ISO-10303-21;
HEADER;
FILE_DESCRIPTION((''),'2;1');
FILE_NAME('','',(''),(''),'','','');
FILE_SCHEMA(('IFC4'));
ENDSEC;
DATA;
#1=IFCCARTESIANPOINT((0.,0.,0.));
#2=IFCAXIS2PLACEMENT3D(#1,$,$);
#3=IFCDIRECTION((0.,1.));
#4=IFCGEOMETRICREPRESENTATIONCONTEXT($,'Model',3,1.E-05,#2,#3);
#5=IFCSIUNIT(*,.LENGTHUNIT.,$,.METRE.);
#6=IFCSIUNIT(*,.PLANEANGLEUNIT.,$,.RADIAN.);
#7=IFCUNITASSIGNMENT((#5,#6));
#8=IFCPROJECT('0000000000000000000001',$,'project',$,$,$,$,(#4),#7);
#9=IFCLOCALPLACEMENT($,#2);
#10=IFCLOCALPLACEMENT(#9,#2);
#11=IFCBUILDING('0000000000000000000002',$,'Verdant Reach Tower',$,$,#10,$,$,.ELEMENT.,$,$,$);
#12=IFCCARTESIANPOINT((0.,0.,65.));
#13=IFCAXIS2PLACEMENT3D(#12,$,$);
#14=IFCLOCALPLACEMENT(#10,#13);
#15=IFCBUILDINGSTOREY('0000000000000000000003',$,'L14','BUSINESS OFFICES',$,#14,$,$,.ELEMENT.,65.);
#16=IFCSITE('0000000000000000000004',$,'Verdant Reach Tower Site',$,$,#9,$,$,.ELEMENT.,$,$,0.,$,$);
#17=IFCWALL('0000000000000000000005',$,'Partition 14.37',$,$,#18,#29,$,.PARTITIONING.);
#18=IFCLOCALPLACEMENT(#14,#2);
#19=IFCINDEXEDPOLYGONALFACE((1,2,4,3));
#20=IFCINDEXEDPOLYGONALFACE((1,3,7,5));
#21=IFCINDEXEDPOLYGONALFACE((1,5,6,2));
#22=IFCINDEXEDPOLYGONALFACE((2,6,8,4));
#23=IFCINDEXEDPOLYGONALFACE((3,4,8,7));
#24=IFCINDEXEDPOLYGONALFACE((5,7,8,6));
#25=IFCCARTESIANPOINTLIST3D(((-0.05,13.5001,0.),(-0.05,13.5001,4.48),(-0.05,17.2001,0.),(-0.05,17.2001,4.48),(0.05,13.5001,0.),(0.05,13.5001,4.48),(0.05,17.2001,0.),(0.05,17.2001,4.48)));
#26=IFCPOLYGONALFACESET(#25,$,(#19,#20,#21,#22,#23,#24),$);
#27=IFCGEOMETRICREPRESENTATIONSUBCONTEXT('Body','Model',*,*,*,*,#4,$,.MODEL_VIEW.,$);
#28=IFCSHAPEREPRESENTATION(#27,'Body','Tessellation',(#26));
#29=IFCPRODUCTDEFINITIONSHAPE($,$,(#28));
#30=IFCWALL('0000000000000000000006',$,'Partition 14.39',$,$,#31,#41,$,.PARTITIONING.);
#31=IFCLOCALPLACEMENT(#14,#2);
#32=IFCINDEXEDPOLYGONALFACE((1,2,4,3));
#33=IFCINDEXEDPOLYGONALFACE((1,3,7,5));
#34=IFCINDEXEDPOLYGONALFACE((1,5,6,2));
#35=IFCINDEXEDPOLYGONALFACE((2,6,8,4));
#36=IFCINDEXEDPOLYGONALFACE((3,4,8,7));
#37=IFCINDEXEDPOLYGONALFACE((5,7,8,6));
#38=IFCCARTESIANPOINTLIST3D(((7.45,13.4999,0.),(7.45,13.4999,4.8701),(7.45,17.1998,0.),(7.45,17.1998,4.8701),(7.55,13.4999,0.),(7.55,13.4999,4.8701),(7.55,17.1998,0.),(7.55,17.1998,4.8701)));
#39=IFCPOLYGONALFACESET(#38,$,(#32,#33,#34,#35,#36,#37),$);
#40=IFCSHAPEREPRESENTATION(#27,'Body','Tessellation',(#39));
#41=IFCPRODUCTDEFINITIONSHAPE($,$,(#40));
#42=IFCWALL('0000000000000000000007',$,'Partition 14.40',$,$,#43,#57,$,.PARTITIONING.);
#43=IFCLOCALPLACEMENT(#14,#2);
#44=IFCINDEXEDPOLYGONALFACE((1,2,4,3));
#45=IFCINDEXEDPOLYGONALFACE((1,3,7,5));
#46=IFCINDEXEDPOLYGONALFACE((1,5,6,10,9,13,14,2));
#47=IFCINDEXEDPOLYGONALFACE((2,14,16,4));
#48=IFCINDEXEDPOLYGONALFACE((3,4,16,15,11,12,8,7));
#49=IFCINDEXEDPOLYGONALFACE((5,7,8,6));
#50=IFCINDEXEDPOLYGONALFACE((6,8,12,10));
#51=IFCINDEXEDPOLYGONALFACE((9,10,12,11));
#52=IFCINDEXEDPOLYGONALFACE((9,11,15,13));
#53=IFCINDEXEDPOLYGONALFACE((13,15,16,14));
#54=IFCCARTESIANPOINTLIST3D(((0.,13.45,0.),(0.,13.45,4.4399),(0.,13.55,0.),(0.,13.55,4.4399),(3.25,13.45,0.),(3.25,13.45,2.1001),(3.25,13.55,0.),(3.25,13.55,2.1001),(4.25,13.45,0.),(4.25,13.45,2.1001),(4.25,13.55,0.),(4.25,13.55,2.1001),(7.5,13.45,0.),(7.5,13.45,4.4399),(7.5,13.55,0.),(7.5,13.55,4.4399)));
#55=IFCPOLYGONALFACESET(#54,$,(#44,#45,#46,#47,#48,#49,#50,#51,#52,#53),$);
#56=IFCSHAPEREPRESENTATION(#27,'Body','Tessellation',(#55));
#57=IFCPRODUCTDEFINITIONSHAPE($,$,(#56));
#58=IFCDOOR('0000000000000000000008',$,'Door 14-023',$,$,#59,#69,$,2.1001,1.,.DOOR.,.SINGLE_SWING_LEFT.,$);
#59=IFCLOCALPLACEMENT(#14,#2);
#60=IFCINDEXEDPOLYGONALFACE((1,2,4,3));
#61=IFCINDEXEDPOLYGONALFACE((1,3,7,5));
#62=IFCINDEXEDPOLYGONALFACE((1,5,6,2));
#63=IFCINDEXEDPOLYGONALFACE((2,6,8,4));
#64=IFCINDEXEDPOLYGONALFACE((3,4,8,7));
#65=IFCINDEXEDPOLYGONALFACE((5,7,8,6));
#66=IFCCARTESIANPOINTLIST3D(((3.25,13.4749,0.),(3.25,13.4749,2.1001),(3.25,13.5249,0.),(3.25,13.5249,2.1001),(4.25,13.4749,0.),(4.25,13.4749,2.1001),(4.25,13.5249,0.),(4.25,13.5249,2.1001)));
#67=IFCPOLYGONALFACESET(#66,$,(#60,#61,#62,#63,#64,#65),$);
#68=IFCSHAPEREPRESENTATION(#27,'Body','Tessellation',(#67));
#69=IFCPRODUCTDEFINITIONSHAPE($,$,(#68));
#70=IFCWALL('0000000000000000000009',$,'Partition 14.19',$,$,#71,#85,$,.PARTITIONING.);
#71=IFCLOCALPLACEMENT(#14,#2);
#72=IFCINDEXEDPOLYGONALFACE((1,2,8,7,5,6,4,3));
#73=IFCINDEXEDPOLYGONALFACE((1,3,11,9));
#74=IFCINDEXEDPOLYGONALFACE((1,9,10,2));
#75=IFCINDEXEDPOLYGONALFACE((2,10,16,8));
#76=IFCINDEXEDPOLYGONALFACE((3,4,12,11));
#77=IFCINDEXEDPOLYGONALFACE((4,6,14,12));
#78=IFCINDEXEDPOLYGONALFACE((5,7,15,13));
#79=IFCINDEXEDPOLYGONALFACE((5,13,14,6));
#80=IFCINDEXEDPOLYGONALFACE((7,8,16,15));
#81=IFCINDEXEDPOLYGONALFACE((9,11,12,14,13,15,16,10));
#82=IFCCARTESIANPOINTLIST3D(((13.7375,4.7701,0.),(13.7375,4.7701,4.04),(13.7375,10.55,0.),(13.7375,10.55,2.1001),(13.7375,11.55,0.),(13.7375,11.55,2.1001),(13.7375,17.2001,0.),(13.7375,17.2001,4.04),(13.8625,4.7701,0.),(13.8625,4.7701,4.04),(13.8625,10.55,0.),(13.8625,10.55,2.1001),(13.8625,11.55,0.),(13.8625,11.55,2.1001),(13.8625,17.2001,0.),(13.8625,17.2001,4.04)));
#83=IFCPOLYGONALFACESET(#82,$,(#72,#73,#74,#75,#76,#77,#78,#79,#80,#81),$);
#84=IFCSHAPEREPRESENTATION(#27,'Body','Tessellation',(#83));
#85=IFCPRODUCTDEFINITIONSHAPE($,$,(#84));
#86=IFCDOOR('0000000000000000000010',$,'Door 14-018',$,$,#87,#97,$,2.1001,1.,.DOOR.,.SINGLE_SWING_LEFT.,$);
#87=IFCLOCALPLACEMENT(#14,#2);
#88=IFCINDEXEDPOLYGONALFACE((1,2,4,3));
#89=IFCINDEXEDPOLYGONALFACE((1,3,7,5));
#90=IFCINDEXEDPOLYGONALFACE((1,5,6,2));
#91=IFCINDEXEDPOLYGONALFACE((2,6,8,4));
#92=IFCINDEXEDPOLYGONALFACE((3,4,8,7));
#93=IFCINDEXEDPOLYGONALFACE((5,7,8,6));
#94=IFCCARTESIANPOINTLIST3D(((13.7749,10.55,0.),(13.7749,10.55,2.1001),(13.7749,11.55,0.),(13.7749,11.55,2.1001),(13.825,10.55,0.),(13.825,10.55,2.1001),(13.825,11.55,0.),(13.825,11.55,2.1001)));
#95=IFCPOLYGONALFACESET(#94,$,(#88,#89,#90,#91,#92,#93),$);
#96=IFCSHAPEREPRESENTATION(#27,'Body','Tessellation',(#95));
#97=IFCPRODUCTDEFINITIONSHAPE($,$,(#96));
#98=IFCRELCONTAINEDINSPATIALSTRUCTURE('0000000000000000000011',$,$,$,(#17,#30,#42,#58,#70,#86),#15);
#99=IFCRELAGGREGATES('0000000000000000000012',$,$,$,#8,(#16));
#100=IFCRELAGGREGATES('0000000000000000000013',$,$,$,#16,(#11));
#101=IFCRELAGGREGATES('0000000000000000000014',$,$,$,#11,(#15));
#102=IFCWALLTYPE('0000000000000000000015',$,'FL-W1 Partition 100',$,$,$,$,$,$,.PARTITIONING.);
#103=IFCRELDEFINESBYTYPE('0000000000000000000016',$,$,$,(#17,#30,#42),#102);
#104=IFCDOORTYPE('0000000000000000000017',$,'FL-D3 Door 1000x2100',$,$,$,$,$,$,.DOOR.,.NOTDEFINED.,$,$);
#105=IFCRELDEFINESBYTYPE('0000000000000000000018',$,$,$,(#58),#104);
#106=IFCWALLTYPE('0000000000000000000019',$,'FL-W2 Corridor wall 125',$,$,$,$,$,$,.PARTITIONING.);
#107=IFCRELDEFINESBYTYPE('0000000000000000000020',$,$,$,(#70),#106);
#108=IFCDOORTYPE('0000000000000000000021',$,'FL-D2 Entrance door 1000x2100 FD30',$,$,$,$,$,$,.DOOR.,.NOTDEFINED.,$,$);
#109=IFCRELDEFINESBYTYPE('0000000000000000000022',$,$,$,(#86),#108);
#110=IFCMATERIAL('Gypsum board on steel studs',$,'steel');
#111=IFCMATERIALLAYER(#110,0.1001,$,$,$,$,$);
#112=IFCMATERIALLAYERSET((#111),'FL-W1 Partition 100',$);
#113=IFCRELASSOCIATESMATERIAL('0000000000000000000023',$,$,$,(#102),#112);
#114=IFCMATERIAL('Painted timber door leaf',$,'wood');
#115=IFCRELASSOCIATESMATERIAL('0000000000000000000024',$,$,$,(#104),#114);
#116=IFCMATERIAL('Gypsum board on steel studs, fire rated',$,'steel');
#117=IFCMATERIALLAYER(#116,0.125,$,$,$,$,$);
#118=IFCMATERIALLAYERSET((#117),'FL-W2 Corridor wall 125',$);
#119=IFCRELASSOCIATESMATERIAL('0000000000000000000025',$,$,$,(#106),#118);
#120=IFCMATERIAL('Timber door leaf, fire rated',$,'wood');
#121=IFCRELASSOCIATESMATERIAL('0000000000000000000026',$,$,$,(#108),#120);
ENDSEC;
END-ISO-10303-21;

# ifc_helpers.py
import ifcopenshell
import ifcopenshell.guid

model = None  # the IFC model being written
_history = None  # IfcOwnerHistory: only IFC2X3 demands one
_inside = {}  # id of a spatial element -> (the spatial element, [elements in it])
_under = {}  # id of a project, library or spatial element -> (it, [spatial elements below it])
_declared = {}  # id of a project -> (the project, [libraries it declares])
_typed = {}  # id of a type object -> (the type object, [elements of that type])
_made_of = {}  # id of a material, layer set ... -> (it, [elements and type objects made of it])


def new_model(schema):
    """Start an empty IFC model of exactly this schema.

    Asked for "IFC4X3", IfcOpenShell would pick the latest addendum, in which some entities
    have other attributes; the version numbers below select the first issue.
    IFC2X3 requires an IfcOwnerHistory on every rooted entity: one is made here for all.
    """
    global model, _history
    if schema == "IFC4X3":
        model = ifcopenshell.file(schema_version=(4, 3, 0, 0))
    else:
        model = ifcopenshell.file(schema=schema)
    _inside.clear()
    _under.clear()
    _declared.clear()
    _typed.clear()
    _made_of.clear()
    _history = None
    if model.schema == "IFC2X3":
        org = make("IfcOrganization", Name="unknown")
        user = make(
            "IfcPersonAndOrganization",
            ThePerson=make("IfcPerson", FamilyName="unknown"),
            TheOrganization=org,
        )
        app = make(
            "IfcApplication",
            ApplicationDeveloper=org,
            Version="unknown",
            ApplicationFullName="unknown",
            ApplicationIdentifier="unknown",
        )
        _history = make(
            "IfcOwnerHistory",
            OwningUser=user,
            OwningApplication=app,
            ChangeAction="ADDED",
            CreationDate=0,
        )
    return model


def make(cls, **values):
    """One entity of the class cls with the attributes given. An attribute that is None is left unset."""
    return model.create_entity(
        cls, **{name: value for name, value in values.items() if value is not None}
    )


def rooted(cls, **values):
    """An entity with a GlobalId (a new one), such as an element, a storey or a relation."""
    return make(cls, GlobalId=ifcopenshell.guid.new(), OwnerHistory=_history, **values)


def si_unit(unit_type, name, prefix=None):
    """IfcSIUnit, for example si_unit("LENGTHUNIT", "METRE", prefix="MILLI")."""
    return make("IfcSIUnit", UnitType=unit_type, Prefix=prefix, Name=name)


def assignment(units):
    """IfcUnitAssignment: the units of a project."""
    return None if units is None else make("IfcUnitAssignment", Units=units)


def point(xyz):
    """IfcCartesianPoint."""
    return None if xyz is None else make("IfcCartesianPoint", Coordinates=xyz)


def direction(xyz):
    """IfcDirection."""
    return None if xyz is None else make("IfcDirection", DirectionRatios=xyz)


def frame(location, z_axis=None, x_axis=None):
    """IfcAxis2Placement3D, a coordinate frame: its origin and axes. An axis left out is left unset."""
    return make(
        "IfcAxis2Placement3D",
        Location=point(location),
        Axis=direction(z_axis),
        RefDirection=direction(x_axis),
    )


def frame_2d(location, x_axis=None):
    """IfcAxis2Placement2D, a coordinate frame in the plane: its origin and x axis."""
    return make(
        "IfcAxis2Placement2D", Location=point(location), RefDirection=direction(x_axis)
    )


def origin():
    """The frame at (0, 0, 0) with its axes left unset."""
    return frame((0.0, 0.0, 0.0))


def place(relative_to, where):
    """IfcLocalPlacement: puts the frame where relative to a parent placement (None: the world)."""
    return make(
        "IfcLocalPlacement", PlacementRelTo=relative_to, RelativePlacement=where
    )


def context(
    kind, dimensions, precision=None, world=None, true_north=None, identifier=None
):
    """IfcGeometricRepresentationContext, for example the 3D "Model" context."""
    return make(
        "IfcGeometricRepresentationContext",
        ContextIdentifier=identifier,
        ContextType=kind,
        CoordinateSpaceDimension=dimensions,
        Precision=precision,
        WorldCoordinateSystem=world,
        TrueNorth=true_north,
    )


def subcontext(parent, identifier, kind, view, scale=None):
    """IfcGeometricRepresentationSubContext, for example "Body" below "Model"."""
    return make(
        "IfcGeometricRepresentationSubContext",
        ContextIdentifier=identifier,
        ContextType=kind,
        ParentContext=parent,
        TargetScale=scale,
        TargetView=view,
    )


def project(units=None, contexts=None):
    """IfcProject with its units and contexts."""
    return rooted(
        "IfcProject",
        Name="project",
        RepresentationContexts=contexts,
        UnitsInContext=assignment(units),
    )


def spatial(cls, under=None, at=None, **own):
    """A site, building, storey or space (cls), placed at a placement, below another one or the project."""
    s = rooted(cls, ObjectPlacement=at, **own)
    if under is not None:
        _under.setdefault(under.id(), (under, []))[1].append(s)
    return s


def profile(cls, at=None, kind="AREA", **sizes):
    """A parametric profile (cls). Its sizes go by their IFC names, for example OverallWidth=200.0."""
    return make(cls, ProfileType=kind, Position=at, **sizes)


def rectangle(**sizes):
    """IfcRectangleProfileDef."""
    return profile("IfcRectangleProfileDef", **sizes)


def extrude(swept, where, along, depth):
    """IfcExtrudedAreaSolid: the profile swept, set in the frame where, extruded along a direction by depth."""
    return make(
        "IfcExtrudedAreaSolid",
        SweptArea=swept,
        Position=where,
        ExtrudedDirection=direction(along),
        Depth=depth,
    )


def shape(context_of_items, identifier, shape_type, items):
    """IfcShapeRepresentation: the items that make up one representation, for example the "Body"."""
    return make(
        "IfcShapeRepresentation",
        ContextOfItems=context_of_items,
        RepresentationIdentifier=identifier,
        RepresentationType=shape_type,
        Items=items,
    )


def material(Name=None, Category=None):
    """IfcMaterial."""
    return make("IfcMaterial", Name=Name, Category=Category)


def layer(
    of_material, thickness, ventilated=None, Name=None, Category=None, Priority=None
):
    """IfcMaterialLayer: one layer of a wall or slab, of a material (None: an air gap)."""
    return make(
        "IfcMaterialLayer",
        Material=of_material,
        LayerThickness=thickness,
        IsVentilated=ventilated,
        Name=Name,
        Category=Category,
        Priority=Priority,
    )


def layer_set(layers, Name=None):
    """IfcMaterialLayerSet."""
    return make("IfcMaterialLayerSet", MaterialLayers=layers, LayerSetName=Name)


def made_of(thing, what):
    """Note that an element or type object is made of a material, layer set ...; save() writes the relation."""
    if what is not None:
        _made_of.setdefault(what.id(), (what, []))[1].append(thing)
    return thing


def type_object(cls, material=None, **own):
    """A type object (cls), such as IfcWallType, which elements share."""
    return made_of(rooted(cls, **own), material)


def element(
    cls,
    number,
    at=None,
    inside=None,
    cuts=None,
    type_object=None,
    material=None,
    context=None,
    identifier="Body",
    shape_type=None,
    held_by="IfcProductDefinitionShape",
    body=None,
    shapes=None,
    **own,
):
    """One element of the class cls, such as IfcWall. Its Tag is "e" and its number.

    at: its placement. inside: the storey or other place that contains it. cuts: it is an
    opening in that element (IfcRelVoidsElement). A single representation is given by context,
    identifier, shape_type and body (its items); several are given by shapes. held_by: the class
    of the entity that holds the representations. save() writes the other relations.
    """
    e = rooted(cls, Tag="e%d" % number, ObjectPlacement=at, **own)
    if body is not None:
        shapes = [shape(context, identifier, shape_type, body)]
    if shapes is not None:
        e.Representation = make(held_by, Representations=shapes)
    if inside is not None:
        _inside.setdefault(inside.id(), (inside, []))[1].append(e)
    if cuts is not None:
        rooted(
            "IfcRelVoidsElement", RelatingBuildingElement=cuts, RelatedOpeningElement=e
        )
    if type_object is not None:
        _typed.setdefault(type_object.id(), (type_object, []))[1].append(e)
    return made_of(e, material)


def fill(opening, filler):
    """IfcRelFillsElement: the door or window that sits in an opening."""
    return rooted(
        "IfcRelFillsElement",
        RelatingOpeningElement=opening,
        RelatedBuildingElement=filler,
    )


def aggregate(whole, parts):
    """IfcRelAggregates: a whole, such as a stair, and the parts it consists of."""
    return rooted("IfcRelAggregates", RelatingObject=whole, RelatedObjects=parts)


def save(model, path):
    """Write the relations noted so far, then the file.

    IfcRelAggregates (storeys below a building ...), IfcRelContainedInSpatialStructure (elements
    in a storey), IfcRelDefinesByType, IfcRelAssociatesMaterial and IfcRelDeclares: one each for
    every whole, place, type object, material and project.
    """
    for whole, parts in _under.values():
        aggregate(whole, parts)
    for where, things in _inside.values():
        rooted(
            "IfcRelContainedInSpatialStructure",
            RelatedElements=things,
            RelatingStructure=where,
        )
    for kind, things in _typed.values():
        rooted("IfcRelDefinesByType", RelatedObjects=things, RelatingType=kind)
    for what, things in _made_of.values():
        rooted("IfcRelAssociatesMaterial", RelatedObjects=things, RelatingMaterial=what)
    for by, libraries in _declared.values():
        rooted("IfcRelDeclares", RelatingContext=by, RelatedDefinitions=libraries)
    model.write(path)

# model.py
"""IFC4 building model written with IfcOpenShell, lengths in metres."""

from ifc_helpers import new_model, si_unit, direction, frame, frame_2d, origin, place, context, subcontext, project, spatial, rectangle, extrude, material, layer, layer_set, type_object, element, fill, save


model = new_model("IFC4")

# Units and contexts
model_context = context("Model", 3, precision=1e-05, world=origin(), true_north=direction((0.0, 1.0)))
body_context = subcontext(model_context, "Body", "Model", "MODEL_VIEW")
ifc_project = project(units=[si_unit("LENGTHUNIT", "METRE"), si_unit("PLANEANGLEUNIT", "RADIAN")], contexts=[model_context])

# Site, building, storey
site_placement = place(None, origin())
site = spatial("IfcSite", under=ifc_project, at=site_placement, Name="Verdant Reach Tower Site", CompositionType="ELEMENT", RefElevation=0.0)
building_placement = place(site_placement, origin())
building = spatial("IfcBuilding", under=site, at=building_placement, Name="Verdant Reach Tower", CompositionType="ELEMENT")
storey_placement = place(building_placement, frame((0.0, 0.0, 65.0)))
storey = spatial("IfcBuildingStorey", under=building, at=storey_placement, Name="L14", Description="BUSINESS OFFICES", CompositionType="ELEMENT", Elevation=65.0)

# Walls
ifc_material_1 = material(Name="Gypsum board on steel studs", Category="steel")
ifc_layer_1 = layer(ifc_material_1, 0.1001)
ifc_layer_set_1 = layer_set([ifc_layer_1], Name="FL-W1 Partition 100")
wall_type_1 = type_object("IfcWallType", Name="FL-W1 Partition 100", PredefinedType="PARTITIONING", material=ifc_layer_set_1)
wall_1_placement = place(storey_placement, frame((0.0, 13.5, 0.0), z_axis=(0.0, 0.0, 1.0), x_axis=(0.0, 1.0, 0.0)))
element("IfcWall", 1, at=wall_1_placement, inside=storey, type_object=wall_type_1, Name="Partition 14.37", PredefinedType="PARTITIONING", context=body_context, shape_type="SweptSolid", body=[
    extrude(rectangle(XDim=3.7, YDim=0.1001, at=frame_2d((1.8501, 0.0))), origin(), (0.0, 0.0, 1.0), 4.48),
])
wall_2_placement = place(storey_placement, frame((7.5, 17.2, 0.0), z_axis=(0.0, 0.0, 1.0), x_axis=(0.0, -1.0, 0.0)))
element("IfcWall", 2, at=wall_2_placement, inside=storey, type_object=wall_type_1, Name="Partition 14.39", PredefinedType="PARTITIONING", context=body_context, shape_type="SweptSolid", body=[
    extrude(rectangle(XDim=3.7, YDim=0.1001, at=frame_2d((1.8501, 0.0))), origin(), (0.0, 0.0, 1.0), 4.8701),
])

# Walls, openings, doors
wall_3_placement = place(storey_placement, frame((0.0, 13.5, 0.0), z_axis=(0.0, 0.0, 1.0), x_axis=(1.0, 0.0, 0.0)))
wall_3 = element("IfcWall", 3, at=wall_3_placement, inside=storey, type_object=wall_type_1, Name="Partition 14.40", PredefinedType="PARTITIONING", context=body_context, shape_type="SweptSolid", body=[
    extrude(rectangle(XDim=7.5, YDim=0.1001, at=frame_2d((3.75, 0.0))), origin(), (0.0, 0.0, 1.0), 4.4399),
])
opening_1_placement = place(wall_3_placement, frame((3.25, 0.0, 0.0)))
opening_1 = element("IfcOpeningElement", 4, at=opening_1_placement, cuts=wall_3, PredefinedType="OPENING", context=body_context, shape_type="SweptSolid", body=[
    extrude(rectangle(XDim=1.0, YDim=2.1001, at=frame_2d((0.5, 1.05))), frame((0.0, 0.0601, 0.0), z_axis=(0.0, -1.0, 0.0), x_axis=(1.0, 0.0, 0.0)), (0.0, 0.0, 1.0), 0.1201),
])
ifc_material_2 = material(Name="Painted timber door leaf", Category="wood")
door_type_1 = type_object("IfcDoorType", Name="FL-D3 Door 1000x2100", OperationType="NOTDEFINED", PredefinedType="DOOR", material=ifc_material_2)
door_1_placement = place(opening_1_placement, origin())
door_1 = element("IfcDoor", 5, at=door_1_placement, inside=storey, type_object=door_type_1, Name="Door 14-023", OperationType="SINGLE_SWING_LEFT", OverallHeight=2.1001, OverallWidth=1.0, PredefinedType="DOOR", context=body_context, shape_type="SweptSolid", body=[
    extrude(rectangle(XDim=1.0, YDim=2.1001, at=frame_2d((0.5, 1.05))), frame((0.0, 0.0249, 0.0), z_axis=(0.0, -1.0, 0.0), x_axis=(1.0, 0.0, 0.0)), (0.0, 0.0, 1.0), 0.05),
])
fill(opening_1, door_1)
ifc_material_3 = material(Name="Gypsum board on steel studs, fire rated", Category="steel")
ifc_layer_2 = layer(ifc_material_3, 0.125)
ifc_layer_set_2 = layer_set([ifc_layer_2], Name="FL-W2 Corridor wall 125")
wall_type_2 = type_object("IfcWallType", Name="FL-W2 Corridor wall 125", PredefinedType="PARTITIONING", material=ifc_layer_set_2)
wall_4_placement = place(storey_placement, frame((13.8, 17.2, 0.0), z_axis=(0.0, 0.0, 1.0), x_axis=(0.0, -1.0, 0.0)))
wall_4 = element("IfcWall", 6, at=wall_4_placement, inside=storey, type_object=wall_type_2, Name="Partition 14.19", PredefinedType="PARTITIONING", context=body_context, shape_type="SweptSolid", body=[
    extrude(rectangle(XDim=12.4299, YDim=0.125, at=frame_2d((6.2148, 0.0))), origin(), (0.0, 0.0, 1.0), 4.04),
])
opening_2_placement = place(wall_4_placement, frame((5.6499, 0.0, 0.0)))
opening_2 = element("IfcOpeningElement", 7, at=opening_2_placement, cuts=wall_4, PredefinedType="OPENING", context=body_context, shape_type="SweptSolid", body=[
    extrude(rectangle(XDim=1.0, YDim=2.1001, at=frame_2d((0.5, 1.05))), frame((0.0, 0.0725, 0.0), z_axis=(0.0, -1.0, 0.0), x_axis=(1.0, 0.0, 0.0)), (0.0, 0.0, 1.0), 0.145),
])
ifc_material_4 = material(Name="Timber door leaf, fire rated", Category="wood")
door_type_2 = type_object("IfcDoorType", Name="FL-D2 Entrance door 1000x2100 FD30", OperationType="NOTDEFINED", PredefinedType="DOOR", material=ifc_material_4)
door_2_placement = place(opening_2_placement, origin())
door_2 = element("IfcDoor", 8, at=door_2_placement, inside=storey, type_object=door_type_2, Name="Door 14-018", OperationType="SINGLE_SWING_LEFT", OverallHeight=2.1001, OverallWidth=1.0, PredefinedType="DOOR", context=body_context, shape_type="SweptSolid", body=[
    extrude(rectangle(XDim=1.0, YDim=2.1001, at=frame_2d((0.5, 1.05))), frame((0.0, 0.0249, 0.0), z_axis=(0.0, -1.0, 0.0), x_axis=(1.0, 0.0, 0.0)), (0.0, 0.0, 1.0), 0.05),
])
fill(opening_2, door_2)

save(model, "model.ifc")
